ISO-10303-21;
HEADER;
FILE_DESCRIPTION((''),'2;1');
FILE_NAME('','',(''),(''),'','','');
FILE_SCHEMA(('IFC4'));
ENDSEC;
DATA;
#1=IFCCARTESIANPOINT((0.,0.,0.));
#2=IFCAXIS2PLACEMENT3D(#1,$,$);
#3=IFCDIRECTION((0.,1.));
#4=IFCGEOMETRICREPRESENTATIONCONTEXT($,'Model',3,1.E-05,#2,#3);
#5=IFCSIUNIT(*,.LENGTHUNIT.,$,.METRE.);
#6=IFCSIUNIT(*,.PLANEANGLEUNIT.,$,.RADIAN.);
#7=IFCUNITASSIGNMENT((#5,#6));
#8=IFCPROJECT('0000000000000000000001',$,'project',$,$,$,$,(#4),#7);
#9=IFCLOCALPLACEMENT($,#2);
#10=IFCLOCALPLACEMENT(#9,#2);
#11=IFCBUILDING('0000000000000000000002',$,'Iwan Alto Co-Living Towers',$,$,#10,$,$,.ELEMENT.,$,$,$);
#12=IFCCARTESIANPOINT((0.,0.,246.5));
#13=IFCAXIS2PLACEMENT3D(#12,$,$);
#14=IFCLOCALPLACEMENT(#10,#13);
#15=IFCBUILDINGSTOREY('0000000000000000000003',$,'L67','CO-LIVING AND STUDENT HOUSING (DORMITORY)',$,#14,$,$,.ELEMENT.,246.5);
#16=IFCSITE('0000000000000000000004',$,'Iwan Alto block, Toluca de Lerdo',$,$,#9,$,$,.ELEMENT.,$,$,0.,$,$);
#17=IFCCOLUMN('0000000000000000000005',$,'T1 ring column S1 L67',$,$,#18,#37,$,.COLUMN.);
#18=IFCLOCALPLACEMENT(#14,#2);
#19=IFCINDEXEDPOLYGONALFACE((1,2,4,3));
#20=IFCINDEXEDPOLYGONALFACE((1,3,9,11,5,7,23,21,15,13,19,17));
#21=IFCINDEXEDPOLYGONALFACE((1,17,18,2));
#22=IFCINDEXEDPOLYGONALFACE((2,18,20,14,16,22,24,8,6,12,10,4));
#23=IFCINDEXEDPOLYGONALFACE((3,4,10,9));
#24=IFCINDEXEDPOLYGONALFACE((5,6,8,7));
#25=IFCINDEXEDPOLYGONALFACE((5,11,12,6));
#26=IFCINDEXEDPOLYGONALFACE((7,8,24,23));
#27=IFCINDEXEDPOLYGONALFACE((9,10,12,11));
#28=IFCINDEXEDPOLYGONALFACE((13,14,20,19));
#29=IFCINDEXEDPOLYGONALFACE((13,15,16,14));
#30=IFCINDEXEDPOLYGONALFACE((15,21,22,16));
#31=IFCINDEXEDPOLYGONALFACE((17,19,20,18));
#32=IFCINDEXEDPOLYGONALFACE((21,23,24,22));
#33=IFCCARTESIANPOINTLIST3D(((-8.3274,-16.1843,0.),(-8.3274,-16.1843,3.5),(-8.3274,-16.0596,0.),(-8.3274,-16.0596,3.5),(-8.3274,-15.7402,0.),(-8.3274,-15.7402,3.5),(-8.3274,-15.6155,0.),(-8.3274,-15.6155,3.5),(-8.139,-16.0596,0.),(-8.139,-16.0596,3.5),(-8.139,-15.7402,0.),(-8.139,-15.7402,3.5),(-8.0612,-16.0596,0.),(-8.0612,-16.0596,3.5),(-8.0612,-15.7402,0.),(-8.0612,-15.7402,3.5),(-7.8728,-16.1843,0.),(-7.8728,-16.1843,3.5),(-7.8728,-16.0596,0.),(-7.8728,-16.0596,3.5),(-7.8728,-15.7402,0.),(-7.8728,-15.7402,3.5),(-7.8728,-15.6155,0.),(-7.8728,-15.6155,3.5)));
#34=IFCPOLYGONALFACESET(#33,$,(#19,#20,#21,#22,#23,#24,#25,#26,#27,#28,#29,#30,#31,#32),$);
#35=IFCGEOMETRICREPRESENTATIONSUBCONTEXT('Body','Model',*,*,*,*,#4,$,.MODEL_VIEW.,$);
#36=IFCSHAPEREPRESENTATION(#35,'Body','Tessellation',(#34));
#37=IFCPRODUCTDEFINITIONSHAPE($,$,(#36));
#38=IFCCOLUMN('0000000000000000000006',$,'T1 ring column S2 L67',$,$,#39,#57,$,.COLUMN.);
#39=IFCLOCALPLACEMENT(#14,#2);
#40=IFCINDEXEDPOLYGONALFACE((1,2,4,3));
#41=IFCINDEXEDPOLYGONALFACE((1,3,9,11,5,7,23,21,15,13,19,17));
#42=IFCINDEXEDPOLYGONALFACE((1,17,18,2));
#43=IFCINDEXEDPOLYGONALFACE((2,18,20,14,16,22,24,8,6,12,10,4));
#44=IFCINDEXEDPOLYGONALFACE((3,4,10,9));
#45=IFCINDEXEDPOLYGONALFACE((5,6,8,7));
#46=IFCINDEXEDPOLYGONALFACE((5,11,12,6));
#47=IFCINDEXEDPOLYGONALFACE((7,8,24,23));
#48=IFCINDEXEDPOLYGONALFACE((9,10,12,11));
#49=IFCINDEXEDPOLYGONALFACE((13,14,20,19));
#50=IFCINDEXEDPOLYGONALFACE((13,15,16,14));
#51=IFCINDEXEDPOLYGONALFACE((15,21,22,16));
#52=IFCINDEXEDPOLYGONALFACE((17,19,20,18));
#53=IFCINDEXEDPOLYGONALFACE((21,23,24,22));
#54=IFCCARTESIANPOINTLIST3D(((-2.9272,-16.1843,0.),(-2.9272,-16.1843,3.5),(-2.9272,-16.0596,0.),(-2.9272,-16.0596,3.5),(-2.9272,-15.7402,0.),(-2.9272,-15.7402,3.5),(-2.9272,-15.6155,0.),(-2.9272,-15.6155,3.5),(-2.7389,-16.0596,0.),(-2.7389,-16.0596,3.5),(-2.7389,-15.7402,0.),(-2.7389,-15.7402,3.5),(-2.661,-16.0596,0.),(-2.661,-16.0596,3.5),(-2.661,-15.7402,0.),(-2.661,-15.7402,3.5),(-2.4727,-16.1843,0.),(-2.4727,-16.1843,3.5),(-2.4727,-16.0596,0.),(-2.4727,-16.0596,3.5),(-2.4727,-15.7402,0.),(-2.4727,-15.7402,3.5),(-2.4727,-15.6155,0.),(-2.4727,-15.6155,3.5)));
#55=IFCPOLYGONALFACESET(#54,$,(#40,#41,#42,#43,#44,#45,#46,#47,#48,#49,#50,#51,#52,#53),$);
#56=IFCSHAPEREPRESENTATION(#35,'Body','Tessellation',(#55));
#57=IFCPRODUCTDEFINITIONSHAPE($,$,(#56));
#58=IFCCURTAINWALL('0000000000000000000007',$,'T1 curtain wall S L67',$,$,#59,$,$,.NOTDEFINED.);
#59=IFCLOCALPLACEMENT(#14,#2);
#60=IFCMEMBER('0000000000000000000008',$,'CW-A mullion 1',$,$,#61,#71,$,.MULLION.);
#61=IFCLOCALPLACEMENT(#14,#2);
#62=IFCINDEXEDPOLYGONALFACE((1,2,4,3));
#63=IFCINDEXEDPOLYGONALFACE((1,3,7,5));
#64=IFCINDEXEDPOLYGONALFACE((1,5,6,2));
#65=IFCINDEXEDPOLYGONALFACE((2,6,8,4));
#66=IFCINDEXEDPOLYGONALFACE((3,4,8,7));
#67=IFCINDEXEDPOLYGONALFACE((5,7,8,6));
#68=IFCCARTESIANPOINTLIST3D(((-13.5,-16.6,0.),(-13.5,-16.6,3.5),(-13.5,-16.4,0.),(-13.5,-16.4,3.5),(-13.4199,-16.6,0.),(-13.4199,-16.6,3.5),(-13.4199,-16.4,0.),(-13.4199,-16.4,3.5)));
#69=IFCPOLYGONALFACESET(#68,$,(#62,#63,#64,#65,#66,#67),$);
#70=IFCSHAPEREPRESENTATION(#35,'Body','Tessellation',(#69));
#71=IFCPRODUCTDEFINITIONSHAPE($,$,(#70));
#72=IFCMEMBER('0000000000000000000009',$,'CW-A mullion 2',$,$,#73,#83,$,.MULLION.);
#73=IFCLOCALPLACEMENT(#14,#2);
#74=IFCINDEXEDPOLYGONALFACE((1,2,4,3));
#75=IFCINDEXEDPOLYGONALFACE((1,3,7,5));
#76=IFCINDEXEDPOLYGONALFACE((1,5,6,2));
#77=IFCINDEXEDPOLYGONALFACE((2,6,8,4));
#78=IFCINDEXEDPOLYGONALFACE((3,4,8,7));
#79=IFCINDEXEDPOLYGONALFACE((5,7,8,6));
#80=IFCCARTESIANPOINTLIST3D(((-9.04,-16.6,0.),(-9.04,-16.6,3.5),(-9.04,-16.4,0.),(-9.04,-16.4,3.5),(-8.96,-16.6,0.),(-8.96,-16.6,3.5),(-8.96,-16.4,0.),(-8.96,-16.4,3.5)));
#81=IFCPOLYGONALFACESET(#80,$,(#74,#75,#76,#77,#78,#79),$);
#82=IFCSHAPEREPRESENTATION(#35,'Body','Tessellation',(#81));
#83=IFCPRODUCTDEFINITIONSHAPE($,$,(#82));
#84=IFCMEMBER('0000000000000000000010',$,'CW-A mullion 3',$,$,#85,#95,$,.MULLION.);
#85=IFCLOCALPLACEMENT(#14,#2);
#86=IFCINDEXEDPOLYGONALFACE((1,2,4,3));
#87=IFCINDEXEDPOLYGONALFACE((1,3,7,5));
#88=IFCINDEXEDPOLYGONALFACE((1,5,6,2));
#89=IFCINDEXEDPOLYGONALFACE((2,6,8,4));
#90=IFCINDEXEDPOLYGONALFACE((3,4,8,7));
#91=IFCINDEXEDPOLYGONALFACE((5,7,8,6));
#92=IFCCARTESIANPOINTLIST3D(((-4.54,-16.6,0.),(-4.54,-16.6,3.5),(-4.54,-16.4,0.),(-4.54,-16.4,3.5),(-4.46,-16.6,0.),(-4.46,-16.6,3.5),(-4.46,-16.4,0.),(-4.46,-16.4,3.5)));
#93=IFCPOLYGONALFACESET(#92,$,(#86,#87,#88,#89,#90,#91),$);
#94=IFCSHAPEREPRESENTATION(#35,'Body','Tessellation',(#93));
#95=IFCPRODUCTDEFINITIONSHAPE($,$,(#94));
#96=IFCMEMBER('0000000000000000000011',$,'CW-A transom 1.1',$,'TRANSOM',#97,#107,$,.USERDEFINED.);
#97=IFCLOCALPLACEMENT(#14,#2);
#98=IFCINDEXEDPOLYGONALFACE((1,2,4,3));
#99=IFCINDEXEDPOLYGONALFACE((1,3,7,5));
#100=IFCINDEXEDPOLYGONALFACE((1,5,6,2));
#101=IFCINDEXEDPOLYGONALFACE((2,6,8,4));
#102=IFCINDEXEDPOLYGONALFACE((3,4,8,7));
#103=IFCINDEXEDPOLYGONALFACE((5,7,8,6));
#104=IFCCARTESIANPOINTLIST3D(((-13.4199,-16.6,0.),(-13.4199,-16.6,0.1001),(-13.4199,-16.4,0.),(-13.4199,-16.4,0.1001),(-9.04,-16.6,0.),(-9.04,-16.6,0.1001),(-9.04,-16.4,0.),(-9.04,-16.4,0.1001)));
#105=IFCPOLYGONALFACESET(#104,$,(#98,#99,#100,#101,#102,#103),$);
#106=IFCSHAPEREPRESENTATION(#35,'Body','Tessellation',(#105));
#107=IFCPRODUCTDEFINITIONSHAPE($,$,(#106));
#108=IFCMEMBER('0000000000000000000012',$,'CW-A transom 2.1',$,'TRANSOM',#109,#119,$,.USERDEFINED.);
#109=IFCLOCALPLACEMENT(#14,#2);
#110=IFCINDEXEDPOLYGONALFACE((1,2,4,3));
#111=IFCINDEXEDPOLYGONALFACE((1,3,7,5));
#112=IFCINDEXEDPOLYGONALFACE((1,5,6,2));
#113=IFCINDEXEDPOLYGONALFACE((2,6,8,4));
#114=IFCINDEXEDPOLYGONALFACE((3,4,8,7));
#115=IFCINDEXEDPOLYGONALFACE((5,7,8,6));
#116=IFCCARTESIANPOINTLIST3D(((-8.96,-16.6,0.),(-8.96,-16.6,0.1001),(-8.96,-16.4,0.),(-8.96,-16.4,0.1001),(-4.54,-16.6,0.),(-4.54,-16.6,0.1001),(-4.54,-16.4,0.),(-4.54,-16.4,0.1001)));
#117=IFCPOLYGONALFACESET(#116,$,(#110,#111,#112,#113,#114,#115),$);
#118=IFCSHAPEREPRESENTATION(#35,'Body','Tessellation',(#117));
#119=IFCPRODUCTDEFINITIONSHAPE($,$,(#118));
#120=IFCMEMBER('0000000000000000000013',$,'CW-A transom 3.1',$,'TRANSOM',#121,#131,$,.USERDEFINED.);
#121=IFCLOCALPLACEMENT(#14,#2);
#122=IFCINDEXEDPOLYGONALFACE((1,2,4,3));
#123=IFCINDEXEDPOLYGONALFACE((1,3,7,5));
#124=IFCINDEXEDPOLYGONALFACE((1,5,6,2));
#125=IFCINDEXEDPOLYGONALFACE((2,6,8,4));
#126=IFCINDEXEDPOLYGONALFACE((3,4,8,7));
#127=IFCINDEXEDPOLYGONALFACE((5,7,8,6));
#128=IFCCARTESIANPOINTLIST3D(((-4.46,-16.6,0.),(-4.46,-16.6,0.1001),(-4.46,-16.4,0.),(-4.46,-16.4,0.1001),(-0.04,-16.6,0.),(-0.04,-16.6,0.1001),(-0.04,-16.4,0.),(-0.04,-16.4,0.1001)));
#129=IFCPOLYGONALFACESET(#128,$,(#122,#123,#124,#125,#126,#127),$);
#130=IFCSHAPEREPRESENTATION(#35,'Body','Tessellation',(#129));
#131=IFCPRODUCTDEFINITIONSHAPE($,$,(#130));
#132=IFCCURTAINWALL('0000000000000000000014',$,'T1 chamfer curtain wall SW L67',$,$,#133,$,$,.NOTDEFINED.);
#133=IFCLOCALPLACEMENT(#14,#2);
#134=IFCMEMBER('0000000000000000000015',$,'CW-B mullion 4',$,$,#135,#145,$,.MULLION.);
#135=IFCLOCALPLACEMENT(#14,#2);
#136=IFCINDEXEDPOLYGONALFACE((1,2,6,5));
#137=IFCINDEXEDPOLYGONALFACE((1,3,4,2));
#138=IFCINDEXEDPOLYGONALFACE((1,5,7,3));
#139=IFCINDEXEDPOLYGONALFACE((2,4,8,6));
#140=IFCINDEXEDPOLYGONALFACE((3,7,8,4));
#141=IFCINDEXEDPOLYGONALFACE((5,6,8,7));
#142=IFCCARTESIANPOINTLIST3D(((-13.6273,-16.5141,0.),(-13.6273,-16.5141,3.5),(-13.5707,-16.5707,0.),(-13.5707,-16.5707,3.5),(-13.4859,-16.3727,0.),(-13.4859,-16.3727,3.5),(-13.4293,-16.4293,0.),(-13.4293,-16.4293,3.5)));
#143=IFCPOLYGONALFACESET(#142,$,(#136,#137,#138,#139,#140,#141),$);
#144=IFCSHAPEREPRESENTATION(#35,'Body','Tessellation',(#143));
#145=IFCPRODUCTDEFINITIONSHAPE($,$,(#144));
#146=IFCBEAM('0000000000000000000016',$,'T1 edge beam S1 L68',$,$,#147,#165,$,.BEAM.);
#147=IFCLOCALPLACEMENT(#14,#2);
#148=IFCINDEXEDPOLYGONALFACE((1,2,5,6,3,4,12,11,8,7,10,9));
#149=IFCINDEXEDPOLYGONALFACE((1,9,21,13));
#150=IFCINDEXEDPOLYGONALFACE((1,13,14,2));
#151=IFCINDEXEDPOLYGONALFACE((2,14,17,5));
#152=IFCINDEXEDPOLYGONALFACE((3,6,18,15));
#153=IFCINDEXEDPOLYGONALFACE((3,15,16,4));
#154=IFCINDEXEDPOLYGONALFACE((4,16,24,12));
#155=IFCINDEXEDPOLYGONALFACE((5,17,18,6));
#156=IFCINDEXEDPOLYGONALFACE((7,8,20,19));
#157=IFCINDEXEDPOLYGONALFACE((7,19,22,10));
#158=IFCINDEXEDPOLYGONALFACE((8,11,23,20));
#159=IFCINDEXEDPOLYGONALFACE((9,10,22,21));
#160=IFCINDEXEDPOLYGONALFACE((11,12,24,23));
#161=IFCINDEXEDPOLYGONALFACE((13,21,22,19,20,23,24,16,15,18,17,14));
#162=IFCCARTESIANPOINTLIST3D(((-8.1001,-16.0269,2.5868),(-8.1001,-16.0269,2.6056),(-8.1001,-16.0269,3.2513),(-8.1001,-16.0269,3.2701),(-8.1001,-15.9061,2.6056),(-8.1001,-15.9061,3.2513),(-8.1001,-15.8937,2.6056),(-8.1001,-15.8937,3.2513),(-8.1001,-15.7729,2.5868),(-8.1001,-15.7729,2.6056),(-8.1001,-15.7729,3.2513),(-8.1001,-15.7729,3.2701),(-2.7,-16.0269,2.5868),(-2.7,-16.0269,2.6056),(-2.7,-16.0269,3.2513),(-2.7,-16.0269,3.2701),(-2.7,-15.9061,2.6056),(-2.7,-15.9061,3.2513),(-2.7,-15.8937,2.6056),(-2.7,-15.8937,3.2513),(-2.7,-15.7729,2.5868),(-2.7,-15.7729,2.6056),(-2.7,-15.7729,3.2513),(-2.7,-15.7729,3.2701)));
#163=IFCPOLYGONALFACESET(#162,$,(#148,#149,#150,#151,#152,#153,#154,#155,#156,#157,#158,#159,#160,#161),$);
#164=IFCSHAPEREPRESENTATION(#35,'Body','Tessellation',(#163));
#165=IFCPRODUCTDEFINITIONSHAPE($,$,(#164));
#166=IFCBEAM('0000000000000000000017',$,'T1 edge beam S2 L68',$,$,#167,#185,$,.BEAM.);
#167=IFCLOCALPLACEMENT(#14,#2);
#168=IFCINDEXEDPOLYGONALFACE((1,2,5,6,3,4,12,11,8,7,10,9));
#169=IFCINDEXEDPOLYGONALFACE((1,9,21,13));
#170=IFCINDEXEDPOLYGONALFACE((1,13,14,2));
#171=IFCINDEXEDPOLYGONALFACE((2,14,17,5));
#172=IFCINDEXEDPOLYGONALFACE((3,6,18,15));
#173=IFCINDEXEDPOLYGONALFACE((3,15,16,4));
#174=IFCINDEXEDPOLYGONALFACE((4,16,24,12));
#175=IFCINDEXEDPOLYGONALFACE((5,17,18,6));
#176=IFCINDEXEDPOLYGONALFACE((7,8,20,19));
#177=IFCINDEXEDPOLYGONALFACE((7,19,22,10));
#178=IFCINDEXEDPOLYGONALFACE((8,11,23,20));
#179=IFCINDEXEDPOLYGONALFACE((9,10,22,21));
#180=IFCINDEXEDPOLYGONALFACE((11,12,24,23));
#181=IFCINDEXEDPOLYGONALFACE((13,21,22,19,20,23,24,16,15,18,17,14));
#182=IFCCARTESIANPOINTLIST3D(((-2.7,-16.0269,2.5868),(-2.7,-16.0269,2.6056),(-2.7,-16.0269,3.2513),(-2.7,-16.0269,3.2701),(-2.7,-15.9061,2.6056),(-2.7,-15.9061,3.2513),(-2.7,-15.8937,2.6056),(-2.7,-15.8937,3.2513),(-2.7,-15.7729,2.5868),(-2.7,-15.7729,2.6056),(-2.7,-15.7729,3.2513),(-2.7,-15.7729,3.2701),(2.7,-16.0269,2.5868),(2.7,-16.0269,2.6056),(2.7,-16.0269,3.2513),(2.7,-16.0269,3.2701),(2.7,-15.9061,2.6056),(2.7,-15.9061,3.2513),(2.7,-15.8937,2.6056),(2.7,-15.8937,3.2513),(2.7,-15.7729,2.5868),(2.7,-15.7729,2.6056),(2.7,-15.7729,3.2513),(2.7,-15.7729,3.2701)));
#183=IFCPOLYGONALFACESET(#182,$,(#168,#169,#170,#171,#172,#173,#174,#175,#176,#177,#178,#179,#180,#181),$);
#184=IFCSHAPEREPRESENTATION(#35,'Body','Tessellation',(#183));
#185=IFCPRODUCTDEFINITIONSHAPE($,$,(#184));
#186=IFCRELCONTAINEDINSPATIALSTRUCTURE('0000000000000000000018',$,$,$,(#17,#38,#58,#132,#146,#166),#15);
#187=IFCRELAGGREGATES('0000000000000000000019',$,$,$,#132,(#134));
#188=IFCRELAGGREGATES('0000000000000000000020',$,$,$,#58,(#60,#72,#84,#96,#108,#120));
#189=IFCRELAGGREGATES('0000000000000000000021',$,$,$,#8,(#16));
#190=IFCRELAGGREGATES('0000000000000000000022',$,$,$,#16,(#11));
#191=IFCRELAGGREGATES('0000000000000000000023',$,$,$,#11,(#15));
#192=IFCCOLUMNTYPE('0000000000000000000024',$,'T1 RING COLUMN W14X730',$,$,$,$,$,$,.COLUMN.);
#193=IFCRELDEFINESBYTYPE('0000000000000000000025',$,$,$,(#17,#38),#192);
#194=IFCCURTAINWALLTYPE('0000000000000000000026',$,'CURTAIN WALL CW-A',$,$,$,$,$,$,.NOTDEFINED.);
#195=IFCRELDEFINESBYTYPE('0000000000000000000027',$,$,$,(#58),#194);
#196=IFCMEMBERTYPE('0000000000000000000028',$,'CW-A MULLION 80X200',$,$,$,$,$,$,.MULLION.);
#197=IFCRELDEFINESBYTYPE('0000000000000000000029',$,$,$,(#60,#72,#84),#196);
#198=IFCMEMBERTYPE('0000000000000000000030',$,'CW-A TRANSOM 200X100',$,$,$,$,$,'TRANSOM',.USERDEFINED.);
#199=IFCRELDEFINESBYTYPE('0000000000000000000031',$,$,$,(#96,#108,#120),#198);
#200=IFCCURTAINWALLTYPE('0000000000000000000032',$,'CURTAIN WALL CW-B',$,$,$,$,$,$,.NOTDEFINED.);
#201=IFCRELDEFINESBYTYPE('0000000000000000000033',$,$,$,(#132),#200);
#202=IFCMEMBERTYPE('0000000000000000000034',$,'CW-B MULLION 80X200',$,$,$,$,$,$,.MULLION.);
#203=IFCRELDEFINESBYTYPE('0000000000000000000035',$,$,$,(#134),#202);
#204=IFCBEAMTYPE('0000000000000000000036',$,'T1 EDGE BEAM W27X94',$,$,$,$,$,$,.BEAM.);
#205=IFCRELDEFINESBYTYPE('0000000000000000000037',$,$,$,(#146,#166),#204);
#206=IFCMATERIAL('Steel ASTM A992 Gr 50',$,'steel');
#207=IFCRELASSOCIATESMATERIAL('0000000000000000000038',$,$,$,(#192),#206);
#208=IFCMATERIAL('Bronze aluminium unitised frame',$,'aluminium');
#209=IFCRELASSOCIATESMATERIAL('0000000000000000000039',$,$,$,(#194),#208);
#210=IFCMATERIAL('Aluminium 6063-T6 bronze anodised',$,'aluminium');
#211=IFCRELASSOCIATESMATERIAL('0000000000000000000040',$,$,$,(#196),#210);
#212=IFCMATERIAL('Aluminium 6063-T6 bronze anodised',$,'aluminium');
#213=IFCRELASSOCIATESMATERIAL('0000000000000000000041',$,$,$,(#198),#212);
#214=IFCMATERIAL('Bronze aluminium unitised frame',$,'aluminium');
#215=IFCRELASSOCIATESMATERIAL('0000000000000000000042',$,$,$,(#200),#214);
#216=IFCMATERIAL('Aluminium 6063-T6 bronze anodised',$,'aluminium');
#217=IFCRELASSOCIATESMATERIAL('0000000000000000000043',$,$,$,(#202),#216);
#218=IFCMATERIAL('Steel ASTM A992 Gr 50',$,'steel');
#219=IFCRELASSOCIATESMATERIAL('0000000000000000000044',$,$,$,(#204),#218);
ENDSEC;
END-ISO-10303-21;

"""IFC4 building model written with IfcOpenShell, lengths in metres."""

from ifc_helpers import new_model, si_unit, direction, frame, origin, origin_2d, place, context, subcontext, project, spatial, rectangle, i_section, extrude, material, material_profile, profile_set, type_object, element, aggregate, save


model = new_model("IFC4")

# Units and contexts
model_context = context("Model", 3, precision=1e-05, world=origin(), true_north=direction((0.0, 1.0)))
body_context = subcontext(model_context, "Body", "Model", "MODEL_VIEW")
ifc_project = project(units=[si_unit("LENGTHUNIT", "METRE"), si_unit("PLANEANGLEUNIT", "RADIAN")], contexts=[model_context])

# Site, building, storey
site_placement = place(None, origin())
site = spatial("IfcSite", under=ifc_project, at=site_placement, Name="Iwan Alto block, Toluca de Lerdo", CompositionType="ELEMENT", RefElevation=0.0)
building_placement = place(site_placement, origin())
building = spatial("IfcBuilding", under=site, at=building_placement, Name="Iwan Alto Co-Living Towers", CompositionType="ELEMENT")
storey_placement = place(building_placement, frame((0.0, 0.0, 246.5)))
storey = spatial("IfcBuildingStorey", under=building, at=storey_placement, Name="L67", Description="CO-LIVING AND STUDENT HOUSING (DORMITORY)", CompositionType="ELEMENT", Elevation=246.5)

# Columns
ifc_material_1 = material(Name="Steel ASTM A992 Gr 50", Category="steel")
ifc_material_profile_1 = material_profile(ifc_material_1, i_section(OverallWidth=0.4546, OverallDepth=0.5688, WebThickness=0.0779, FlangeThickness=0.1248, at=origin_2d()), Name="W14X730")
ifc_profile_set_1 = profile_set([ifc_material_profile_1], Name="Steel ASTM A992 Gr 50")
column_type = type_object("IfcColumnType", Name="T1 RING COLUMN W14X730", PredefinedType="COLUMN", material=ifc_profile_set_1)
for number, where, z_axis, x_axis, name in (
    (1, (-8.1001, -15.8999, 0.0), (0.0, 0.0, 1.0), (1.0, 0.0, 0.0), "T1 ring column S1 L67"),
    (2, (-2.7, -15.8999, 0.0), (0.0, 0.0, 1.0), (1.0, 0.0, 0.0), "T1 ring column S2 L67"),
):
    element("IfcColumn", number, at=place(storey_placement, frame(where, z_axis=z_axis, x_axis=x_axis)), inside=storey, type_object=column_type, Name=name, PredefinedType="COLUMN", context=body_context, shape_type="SweptSolid", body=[
        extrude(i_section(OverallWidth=0.4546, OverallDepth=0.5688, WebThickness=0.0779, FlangeThickness=0.1248, at=origin_2d()), origin(), (0.0, 0.0, 1.0), 3.5),
    ])

# Curtain wall, members
ifc_material_2 = material(Name="Bronze aluminium unitised frame", Category="aluminium")
curtain_wall_type_1 = type_object("IfcCurtainWallType", Name="CURTAIN WALL CW-A", PredefinedType="NOTDEFINED", material=ifc_material_2)
curtain_wall_1_placement = place(storey_placement, origin())
curtain_wall_1 = element("IfcCurtainWall", 3, at=curtain_wall_1_placement, inside=storey, type_object=curtain_wall_type_1, Name="T1 curtain wall S L67", PredefinedType="NOTDEFINED")
ifc_material_3 = material(Name="Aluminium 6063-T6 bronze anodised", Category="aluminium")
ifc_material_profile_2 = material_profile(ifc_material_3, rectangle(XDim=0.2, YDim=0.0801, at=origin_2d()), Name="AL 80X200")
ifc_profile_set_2 = profile_set([ifc_material_profile_2], Name="Aluminium 6063-T6 bronze anodised")
member_type_1 = type_object("IfcMemberType", Name="CW-A MULLION 80X200", PredefinedType="MULLION", material=ifc_profile_set_2)
member_1_placement = place(storey_placement, frame((-13.46, -16.5, 0.0), z_axis=(0.0, 0.0, 1.0), x_axis=(0.0, 1.0, 0.0)))
member_1 = element("IfcMember", 4, at=member_1_placement, type_object=member_type_1, Name="CW-A mullion 1", PredefinedType="MULLION", context=body_context, shape_type="SweptSolid", body=[
    extrude(rectangle(XDim=0.2, YDim=0.0801, at=origin_2d()), origin(), (0.0, 0.0, 1.0), 3.5),
])
member_2_placement = place(storey_placement, frame((-9.0, -16.5, 0.0), z_axis=(0.0, 0.0, 1.0), x_axis=(0.0, 1.0, 0.0)))
member_2 = element("IfcMember", 5, at=member_2_placement, type_object=member_type_1, Name="CW-A mullion 2", PredefinedType="MULLION", context=body_context, shape_type="SweptSolid", body=[
    extrude(rectangle(XDim=0.2, YDim=0.0801, at=origin_2d()), origin(), (0.0, 0.0, 1.0), 3.5),
])
member_3_placement = place(storey_placement, frame((-4.5, -16.5, 0.0), z_axis=(0.0, 0.0, 1.0), x_axis=(0.0, 1.0, 0.0)))
member_3 = element("IfcMember", 6, at=member_3_placement, type_object=member_type_1, Name="CW-A mullion 3", PredefinedType="MULLION", context=body_context, shape_type="SweptSolid", body=[
    extrude(rectangle(XDim=0.2, YDim=0.0801, at=origin_2d()), origin(), (0.0, 0.0, 1.0), 3.5),
])
ifc_material_4 = material(Name="Aluminium 6063-T6 bronze anodised", Category="aluminium")
ifc_material_profile_3 = material_profile(ifc_material_4, rectangle(XDim=0.2, YDim=0.1001, at=origin_2d()), Name="AL 200X100")
ifc_profile_set_3 = profile_set([ifc_material_profile_3], Name="Aluminium 6063-T6 bronze anodised")
member_type_2 = type_object("IfcMemberType", Name="CW-A TRANSOM 200X100", ElementType="TRANSOM", PredefinedType="USERDEFINED", material=ifc_profile_set_3)
member_4_placement = place(storey_placement, frame((-13.4199, -16.5, 0.05), z_axis=(1.0, 0.0, 0.0), x_axis=(0.0, 1.0, 0.0)))
member_4 = element("IfcMember", 7, at=member_4_placement, type_object=member_type_2, Name="CW-A transom 1.1", ObjectType="TRANSOM", PredefinedType="USERDEFINED", context=body_context, shape_type="SweptSolid", body=[
    extrude(rectangle(XDim=0.2, YDim=0.1001, at=origin_2d()), origin(), (0.0, 0.0, 1.0), 4.3799),
])
member_5_placement = place(storey_placement, frame((-8.96, -16.5, 0.05), z_axis=(1.0, 0.0, 0.0), x_axis=(0.0, 1.0, 0.0)))
member_5 = element("IfcMember", 8, at=member_5_placement, type_object=member_type_2, Name="CW-A transom 2.1", ObjectType="TRANSOM", PredefinedType="USERDEFINED", context=body_context, shape_type="SweptSolid", body=[
    extrude(rectangle(XDim=0.2, YDim=0.1001, at=origin_2d()), origin(), (0.0, 0.0, 1.0), 4.4199),
])
member_6_placement = place(storey_placement, frame((-4.46, -16.5, 0.05), z_axis=(1.0, 0.0, 0.0), x_axis=(0.0, 1.0, 0.0)))
member_6 = element("IfcMember", 9, at=member_6_placement, type_object=member_type_2, Name="CW-A transom 3.1", ObjectType="TRANSOM", PredefinedType="USERDEFINED", context=body_context, shape_type="SweptSolid", body=[
    extrude(rectangle(XDim=0.2, YDim=0.1001, at=origin_2d()), origin(), (0.0, 0.0, 1.0), 4.4199),
])

# Curtain wall, member
ifc_material_5 = material(Name="Bronze aluminium unitised frame", Category="aluminium")
curtain_wall_type_2 = type_object("IfcCurtainWallType", Name="CURTAIN WALL CW-B", PredefinedType="NOTDEFINED", material=ifc_material_5)
curtain_wall_2_placement = place(storey_placement, origin())
curtain_wall_2 = element("IfcCurtainWall", 10, at=curtain_wall_2_placement, inside=storey, type_object=curtain_wall_type_2, Name="T1 chamfer curtain wall SW L67", PredefinedType="NOTDEFINED")
ifc_material_6 = material(Name="Aluminium 6063-T6 bronze anodised", Category="aluminium")
ifc_material_profile_4 = material_profile(ifc_material_6, rectangle(XDim=0.2, YDim=0.0801, at=origin_2d()), Name="AL 80X200")
ifc_profile_set_4 = profile_set([ifc_material_profile_4], Name="Aluminium 6063-T6 bronze anodised")
member_type_3 = type_object("IfcMemberType", Name="CW-B MULLION 80X200", PredefinedType="MULLION", material=ifc_profile_set_4)
member_7_placement = place(storey_placement, frame((-13.5283, -16.4717, 0.0), z_axis=(0.0, 0.0, 1.0), x_axis=(0.707107, 0.707107, 0.0)))
member_7 = element("IfcMember", 11, at=member_7_placement, type_object=member_type_3, Name="CW-B mullion 4", PredefinedType="MULLION", context=body_context, shape_type="SweptSolid", body=[
    extrude(rectangle(XDim=0.2, YDim=0.0801, at=origin_2d()), origin(), (0.0, 0.0, 1.0), 3.5),
])
aggregate(curtain_wall_2, [member_7])

# Beams
ifc_material_7 = material(Name="Steel ASTM A992 Gr 50", Category="steel")
ifc_material_profile_5 = material_profile(ifc_material_7, i_section(OverallWidth=0.2539, OverallDepth=0.6833, WebThickness=0.0125, FlangeThickness=0.0188, at=origin_2d()), Name="W27X94")
ifc_profile_set_5 = profile_set([ifc_material_profile_5], Name="Steel ASTM A992 Gr 50")
beam_type_1 = type_object("IfcBeamType", Name="T1 EDGE BEAM W27X94", PredefinedType="BEAM", material=ifc_profile_set_5)
beam_1_placement = place(storey_placement, frame((-8.1001, -15.8999, 2.9285), z_axis=(1.0, 0.0, 0.0), x_axis=(0.0, 1.0, 0.0)))
element("IfcBeam", 12, at=beam_1_placement, inside=storey, type_object=beam_type_1, Name="T1 edge beam S1 L68", PredefinedType="BEAM", context=body_context, shape_type="SweptSolid", body=[
    extrude(i_section(OverallWidth=0.2539, OverallDepth=0.6833, WebThickness=0.0125, FlangeThickness=0.0188, at=origin_2d()), origin(), (0.0, 0.0, 1.0), 5.4001),
])
beam_2_placement = place(storey_placement, frame((-2.7, -15.8999, 2.9285), z_axis=(1.0, 0.0, 0.0), x_axis=(0.0, 1.0, 0.0)))
element("IfcBeam", 13, at=beam_2_placement, inside=storey, type_object=beam_type_1, Name="T1 edge beam S2 L68", PredefinedType="BEAM", context=body_context, shape_type="SweptSolid", body=[
    extrude(i_section(OverallWidth=0.2539, OverallDepth=0.6833, WebThickness=0.0125, FlangeThickness=0.0188, at=origin_2d()), origin(), (0.0, 0.0, 1.0), 5.3999),
])

aggregate(curtain_wall_1, [member_1, member_2, member_3, member_4, member_5, member_6])

save(model, "model.ifc")
